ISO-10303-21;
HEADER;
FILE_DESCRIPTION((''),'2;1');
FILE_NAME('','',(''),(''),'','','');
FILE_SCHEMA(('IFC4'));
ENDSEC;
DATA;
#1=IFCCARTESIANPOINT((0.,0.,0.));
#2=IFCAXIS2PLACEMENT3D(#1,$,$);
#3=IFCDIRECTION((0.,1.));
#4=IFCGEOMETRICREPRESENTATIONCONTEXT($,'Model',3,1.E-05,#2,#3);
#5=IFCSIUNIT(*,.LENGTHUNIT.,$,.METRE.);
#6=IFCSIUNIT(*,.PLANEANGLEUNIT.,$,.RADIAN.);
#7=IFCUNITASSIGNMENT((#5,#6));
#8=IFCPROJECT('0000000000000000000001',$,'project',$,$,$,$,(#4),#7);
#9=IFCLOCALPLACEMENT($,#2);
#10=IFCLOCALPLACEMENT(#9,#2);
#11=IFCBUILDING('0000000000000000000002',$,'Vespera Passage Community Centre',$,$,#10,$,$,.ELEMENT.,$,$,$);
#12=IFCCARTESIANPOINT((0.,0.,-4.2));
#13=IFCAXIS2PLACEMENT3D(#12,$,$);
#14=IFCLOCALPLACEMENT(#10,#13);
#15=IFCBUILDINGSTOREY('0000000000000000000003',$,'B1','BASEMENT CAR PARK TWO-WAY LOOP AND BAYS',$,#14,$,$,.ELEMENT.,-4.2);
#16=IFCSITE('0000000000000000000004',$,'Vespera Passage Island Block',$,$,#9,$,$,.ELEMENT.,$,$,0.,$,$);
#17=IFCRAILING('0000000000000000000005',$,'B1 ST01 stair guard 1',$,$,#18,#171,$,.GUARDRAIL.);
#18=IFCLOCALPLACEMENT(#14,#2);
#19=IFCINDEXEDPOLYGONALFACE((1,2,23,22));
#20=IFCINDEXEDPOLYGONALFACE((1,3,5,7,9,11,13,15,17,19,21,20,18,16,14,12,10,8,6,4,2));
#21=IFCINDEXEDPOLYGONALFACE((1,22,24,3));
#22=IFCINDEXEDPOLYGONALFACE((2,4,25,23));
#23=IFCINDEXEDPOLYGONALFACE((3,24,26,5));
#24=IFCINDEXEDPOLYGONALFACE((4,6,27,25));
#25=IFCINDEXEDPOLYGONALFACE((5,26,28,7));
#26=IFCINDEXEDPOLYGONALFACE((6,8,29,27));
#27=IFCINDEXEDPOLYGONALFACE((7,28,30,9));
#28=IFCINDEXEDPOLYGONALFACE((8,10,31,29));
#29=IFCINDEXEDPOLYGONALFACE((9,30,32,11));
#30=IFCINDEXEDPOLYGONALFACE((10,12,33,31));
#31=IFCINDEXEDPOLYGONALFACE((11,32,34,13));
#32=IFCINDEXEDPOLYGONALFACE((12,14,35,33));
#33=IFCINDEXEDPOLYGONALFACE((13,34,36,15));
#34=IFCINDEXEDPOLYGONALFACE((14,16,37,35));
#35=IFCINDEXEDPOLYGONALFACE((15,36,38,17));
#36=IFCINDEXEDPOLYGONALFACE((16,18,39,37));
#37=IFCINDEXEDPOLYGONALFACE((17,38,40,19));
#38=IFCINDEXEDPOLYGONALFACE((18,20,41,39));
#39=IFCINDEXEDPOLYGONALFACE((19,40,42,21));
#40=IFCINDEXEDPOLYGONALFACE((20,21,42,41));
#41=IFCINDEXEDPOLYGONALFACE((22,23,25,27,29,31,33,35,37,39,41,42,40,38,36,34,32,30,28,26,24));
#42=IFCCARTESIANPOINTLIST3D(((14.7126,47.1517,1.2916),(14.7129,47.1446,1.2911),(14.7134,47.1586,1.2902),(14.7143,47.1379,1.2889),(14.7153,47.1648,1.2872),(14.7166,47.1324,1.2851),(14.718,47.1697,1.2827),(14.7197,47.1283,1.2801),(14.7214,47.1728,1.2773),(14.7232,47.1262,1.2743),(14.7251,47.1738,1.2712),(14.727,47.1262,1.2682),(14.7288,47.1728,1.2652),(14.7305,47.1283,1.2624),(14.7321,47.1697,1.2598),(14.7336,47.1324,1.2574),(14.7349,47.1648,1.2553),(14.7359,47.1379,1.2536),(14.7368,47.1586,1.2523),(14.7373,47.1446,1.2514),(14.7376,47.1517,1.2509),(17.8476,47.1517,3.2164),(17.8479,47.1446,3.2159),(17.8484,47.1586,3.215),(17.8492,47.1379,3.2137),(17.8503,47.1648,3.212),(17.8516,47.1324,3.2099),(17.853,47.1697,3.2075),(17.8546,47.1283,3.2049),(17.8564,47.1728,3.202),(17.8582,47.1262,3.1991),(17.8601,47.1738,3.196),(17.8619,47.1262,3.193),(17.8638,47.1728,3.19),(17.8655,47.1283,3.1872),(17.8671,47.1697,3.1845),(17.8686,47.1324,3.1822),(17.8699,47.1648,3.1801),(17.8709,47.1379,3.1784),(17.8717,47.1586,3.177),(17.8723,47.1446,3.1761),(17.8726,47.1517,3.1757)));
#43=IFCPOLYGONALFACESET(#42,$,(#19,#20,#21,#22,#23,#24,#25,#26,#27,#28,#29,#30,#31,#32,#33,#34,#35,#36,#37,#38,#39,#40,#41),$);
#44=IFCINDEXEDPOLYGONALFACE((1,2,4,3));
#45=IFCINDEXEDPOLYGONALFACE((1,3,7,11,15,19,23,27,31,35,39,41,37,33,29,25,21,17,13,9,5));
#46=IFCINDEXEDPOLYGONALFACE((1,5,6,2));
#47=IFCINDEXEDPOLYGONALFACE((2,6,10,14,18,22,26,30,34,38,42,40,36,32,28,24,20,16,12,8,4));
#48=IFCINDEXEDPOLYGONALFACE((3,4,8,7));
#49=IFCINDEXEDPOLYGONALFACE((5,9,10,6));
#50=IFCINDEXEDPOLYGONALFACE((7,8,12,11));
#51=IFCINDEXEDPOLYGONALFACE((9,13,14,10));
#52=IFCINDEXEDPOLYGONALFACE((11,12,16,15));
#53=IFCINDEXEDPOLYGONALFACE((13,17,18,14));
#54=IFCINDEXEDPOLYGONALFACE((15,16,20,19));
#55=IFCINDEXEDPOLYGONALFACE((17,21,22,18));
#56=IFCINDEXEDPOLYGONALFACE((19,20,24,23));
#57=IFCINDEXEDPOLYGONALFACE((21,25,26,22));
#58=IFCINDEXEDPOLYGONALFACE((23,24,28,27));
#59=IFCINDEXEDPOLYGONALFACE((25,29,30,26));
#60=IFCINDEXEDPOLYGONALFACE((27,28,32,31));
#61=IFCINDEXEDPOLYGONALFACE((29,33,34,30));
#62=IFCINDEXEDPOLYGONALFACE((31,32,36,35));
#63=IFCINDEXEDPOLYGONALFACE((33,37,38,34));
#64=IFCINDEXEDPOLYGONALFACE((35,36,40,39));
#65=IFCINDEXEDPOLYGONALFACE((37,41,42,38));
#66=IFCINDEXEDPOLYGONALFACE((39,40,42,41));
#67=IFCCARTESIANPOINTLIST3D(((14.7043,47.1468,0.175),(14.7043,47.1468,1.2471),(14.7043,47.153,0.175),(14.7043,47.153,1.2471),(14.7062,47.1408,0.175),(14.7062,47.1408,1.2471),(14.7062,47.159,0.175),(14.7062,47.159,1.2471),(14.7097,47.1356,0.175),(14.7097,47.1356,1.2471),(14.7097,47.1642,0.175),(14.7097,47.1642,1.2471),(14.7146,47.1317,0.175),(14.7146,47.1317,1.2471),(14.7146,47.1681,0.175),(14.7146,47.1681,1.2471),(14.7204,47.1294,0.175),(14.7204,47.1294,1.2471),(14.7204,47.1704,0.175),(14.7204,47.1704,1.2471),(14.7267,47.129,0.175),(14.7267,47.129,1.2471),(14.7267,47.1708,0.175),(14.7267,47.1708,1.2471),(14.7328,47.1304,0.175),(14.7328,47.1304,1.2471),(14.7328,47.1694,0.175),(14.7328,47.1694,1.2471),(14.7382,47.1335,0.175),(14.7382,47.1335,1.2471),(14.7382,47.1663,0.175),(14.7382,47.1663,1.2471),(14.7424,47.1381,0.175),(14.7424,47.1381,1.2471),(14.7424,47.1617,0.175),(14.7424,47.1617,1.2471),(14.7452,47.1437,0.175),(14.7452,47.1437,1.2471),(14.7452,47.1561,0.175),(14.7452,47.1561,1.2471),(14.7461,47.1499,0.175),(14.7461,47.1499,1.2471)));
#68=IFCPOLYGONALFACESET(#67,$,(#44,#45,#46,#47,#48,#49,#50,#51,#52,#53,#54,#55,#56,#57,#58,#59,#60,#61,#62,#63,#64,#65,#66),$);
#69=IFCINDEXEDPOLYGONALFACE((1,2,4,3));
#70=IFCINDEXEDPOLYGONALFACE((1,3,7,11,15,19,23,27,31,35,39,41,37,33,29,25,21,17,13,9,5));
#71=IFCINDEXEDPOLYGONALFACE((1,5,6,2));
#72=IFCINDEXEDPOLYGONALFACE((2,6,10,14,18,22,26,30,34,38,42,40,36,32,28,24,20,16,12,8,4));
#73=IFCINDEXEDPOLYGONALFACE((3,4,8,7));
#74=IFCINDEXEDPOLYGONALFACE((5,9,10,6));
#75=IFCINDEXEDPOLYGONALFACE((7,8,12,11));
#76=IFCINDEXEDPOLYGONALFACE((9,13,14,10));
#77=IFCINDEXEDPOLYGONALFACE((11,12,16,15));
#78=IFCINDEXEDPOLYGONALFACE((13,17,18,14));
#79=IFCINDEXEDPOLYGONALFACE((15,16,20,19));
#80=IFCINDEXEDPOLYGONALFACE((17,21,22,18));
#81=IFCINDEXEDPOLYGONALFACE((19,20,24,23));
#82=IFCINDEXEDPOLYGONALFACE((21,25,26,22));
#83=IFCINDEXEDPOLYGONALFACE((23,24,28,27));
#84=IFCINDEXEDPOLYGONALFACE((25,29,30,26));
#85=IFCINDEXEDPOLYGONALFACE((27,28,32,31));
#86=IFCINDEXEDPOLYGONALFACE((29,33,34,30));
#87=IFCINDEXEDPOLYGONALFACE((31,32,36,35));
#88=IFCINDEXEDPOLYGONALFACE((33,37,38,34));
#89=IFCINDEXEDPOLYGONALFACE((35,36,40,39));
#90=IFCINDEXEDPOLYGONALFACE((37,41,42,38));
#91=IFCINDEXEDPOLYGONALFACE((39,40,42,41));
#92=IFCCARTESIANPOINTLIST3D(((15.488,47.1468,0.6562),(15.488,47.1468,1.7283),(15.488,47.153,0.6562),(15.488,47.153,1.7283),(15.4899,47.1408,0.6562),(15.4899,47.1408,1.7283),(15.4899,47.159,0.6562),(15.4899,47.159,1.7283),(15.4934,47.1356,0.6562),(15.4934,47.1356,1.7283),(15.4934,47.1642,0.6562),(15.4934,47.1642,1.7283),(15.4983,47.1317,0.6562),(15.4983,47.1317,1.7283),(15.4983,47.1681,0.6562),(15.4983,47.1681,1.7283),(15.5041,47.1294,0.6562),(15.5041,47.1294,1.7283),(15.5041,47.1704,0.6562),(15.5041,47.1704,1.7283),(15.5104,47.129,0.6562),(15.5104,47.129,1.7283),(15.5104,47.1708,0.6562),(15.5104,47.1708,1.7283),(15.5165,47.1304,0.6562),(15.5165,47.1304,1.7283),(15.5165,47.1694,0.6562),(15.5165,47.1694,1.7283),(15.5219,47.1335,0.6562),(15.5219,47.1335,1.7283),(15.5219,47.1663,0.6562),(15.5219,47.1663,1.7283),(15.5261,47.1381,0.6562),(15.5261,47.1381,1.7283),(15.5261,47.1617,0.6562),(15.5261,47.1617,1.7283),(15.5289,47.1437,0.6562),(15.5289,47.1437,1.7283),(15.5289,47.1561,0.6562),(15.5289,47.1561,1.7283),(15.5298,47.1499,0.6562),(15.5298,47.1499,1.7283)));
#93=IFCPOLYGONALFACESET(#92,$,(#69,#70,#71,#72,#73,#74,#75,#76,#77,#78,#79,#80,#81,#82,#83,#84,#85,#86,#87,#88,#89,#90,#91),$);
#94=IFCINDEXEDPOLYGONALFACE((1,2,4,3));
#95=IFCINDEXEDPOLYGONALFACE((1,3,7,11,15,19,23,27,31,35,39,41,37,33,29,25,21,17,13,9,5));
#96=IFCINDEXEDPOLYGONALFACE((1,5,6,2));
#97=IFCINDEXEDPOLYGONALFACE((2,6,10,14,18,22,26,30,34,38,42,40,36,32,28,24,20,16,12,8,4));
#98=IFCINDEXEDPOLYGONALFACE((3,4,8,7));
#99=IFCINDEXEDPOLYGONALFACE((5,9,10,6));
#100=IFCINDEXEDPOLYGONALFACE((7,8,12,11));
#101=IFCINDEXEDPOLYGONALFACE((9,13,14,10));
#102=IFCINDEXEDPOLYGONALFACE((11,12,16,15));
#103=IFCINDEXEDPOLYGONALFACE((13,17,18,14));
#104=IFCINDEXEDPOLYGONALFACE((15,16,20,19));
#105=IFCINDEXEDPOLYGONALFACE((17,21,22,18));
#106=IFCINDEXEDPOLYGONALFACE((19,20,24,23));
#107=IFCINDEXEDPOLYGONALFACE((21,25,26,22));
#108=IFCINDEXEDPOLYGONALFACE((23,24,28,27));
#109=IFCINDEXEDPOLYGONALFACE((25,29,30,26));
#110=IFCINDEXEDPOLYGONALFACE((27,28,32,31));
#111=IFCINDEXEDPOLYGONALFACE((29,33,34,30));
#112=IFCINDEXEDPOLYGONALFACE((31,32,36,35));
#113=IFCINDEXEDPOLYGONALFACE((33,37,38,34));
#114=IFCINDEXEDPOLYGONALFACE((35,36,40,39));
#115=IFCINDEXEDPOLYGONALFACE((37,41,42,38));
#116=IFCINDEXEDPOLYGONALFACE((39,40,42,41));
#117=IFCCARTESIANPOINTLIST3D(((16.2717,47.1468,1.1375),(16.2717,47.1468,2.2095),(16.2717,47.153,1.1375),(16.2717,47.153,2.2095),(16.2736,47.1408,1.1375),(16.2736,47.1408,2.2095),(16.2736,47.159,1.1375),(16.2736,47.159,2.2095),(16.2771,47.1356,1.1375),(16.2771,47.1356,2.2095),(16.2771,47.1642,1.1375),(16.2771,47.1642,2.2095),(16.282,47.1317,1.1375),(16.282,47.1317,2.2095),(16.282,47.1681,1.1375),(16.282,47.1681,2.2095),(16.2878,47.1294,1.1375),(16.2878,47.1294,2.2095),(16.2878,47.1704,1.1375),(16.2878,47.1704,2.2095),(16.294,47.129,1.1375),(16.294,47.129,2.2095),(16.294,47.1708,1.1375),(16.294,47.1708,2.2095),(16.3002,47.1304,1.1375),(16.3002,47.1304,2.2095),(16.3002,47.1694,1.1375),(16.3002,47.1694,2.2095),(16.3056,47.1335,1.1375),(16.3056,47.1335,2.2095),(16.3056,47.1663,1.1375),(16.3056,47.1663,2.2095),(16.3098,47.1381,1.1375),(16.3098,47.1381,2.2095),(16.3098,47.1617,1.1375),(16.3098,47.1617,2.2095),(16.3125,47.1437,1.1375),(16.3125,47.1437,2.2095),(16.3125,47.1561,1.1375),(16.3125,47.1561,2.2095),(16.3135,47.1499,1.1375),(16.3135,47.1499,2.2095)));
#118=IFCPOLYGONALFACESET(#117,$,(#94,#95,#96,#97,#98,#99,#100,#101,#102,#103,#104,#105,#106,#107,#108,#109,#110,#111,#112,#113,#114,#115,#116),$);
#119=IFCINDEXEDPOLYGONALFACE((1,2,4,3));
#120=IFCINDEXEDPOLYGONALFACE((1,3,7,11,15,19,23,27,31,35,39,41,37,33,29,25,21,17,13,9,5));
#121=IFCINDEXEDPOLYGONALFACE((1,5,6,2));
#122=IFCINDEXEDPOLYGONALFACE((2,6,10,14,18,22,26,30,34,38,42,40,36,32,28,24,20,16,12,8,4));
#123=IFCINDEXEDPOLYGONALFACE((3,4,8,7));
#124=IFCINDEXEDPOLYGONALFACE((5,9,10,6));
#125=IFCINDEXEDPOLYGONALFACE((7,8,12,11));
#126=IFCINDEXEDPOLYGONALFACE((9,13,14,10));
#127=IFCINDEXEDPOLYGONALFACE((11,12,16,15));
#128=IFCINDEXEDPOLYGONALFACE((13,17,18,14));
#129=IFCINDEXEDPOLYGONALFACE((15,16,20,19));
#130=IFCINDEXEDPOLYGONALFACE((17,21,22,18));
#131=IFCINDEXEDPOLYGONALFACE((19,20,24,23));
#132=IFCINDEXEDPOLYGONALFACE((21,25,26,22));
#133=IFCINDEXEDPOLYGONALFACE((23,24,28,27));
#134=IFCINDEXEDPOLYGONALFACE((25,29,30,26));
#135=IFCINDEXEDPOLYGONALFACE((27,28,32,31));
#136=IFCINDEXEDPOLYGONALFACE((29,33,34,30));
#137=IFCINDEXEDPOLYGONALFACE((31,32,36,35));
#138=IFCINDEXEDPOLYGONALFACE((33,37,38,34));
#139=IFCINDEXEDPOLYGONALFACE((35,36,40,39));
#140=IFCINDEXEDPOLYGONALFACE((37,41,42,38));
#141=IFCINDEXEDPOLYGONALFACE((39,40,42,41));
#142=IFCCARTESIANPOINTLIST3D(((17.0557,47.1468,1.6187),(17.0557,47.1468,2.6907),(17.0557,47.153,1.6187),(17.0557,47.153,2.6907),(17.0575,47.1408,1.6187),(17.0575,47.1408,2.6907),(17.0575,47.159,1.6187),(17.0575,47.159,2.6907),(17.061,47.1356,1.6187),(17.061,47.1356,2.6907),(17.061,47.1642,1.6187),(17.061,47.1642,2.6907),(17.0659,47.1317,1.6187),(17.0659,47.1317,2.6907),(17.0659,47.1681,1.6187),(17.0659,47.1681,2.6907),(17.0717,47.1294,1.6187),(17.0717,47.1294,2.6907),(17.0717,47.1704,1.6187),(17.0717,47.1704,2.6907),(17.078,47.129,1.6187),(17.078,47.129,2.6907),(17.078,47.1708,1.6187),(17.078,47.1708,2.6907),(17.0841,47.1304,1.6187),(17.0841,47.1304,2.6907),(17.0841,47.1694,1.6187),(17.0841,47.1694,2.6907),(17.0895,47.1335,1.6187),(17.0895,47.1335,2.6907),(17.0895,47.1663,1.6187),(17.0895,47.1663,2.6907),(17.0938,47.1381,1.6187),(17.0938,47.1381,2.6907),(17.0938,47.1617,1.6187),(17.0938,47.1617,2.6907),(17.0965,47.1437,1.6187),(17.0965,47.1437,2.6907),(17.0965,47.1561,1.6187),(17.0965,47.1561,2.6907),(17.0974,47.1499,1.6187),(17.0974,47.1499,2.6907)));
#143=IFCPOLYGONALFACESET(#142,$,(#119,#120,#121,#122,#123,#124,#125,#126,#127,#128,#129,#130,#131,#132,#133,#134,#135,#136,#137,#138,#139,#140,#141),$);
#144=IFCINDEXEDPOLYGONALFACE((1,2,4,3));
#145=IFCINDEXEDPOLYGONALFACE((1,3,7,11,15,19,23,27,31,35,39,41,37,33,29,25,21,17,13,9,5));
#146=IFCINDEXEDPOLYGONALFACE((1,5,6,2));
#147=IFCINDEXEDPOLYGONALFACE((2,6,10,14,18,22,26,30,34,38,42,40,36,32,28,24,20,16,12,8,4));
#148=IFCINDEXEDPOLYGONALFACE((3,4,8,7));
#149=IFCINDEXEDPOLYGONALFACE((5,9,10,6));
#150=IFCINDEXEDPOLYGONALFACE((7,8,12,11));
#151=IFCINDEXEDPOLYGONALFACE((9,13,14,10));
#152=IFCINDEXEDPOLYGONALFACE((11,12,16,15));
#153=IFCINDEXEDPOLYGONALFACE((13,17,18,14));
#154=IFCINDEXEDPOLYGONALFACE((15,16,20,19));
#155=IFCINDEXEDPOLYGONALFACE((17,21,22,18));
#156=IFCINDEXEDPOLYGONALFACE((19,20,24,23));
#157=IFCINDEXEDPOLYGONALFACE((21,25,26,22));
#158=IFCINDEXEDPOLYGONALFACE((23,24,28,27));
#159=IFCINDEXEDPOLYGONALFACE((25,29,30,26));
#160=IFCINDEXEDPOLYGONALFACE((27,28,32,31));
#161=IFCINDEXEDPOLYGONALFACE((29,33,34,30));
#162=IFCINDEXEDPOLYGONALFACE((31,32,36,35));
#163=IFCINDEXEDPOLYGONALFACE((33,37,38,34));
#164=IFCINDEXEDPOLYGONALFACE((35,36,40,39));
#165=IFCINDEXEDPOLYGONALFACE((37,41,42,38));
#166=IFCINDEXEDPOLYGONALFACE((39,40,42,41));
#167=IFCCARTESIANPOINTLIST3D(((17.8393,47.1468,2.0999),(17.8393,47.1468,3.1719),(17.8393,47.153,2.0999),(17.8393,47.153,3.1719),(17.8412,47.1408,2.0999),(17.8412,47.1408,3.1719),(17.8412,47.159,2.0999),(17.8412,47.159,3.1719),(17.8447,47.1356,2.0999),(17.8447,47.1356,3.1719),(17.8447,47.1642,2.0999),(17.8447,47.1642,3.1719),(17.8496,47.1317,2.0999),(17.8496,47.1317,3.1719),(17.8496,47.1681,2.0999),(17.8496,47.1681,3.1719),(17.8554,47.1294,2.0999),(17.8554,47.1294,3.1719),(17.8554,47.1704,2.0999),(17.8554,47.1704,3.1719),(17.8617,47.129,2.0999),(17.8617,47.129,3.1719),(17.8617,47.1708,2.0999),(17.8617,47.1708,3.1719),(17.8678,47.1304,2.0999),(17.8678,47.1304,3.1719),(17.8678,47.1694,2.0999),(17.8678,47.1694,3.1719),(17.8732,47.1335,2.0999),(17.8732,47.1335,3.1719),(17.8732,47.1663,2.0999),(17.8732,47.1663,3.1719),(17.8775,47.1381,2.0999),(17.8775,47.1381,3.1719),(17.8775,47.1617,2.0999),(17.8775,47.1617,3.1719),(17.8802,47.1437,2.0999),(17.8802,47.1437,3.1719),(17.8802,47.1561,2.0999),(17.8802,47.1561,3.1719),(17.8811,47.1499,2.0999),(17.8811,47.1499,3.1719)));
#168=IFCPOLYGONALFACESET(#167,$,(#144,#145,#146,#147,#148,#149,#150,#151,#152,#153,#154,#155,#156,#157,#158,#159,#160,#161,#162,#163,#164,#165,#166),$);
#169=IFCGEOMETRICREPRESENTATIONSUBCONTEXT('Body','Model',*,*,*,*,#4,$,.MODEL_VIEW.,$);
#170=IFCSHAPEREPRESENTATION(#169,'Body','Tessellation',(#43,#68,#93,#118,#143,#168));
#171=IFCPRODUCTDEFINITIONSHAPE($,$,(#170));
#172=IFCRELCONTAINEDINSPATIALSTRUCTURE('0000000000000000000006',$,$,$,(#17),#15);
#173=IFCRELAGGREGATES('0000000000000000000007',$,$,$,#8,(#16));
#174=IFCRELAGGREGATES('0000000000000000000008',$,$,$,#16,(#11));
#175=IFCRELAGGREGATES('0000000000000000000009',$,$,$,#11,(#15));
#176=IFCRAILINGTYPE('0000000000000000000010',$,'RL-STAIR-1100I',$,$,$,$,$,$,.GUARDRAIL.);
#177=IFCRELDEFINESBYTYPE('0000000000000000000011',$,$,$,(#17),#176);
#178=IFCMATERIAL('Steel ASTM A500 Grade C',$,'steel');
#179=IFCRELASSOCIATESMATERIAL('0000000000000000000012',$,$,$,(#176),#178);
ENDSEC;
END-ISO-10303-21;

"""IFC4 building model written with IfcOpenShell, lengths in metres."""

from ifc_helpers import new_model, si_unit, direction, frame, origin, origin_2d, place, context, subcontext, project, spatial, circle, extrude, material, type_object, element, save


model = new_model("IFC4")

# Units and contexts
model_context = context("Model", 3, precision=1e-05, world=origin(), true_north=direction((0.0, 1.0)))
body_context = subcontext(model_context, "Body", "Model", "MODEL_VIEW")
ifc_project = project(units=[si_unit("LENGTHUNIT", "METRE"), si_unit("PLANEANGLEUNIT", "RADIAN")], contexts=[model_context])

# Site, building, storey
site_placement = place(None, origin())
site = spatial("IfcSite", under=ifc_project, at=site_placement, Name="Vespera Passage Island Block", CompositionType="ELEMENT", RefElevation=0.0)
building_placement = place(site_placement, origin())
building = spatial("IfcBuilding", under=site, at=building_placement, Name="Vespera Passage Community Centre", CompositionType="ELEMENT")
storey_placement = place(building_placement, frame((0.0, 0.0, -4.2)))
storey = spatial("IfcBuildingStorey", under=building, at=storey_placement, Name="B1", Description="BASEMENT CAR PARK TWO-WAY LOOP AND BAYS", CompositionType="ELEMENT", Elevation=-4.2)

# Railing
ifc_material_1 = material(Name="Steel ASTM A500 Grade C", Category="steel")
railing_type_1 = type_object("IfcRailingType", Name="RL-STAIR-1100I", PredefinedType="GUARDRAIL", material=ifc_material_1)
railing_1_placement = place(storey_placement, frame((14.7251, 47.1499, 0.175)))
element("IfcRailing", 1, at=railing_1_placement, inside=storey, type_object=railing_type_1, Name="B1 ST01 stair guard 1", PredefinedType="GUARDRAIL", context=body_context, shape_type="SweptSolid", body=[
    extrude(circle(Radius=0.0239, at=origin_2d()), frame((0.0, 0.0, 1.0962), z_axis=(0.852196, 0.0, 0.523223), x_axis=(0.0, 1.0, 0.0)), (0.0, 0.0, 1.0), 3.6787),
    extrude(circle(Radius=0.021, at=origin_2d()), origin(), (0.0, 0.0, 1.0), 1.072),
    extrude(circle(Radius=0.021, at=origin_2d()), frame((0.7837, 0.0, 0.4812)), (0.0, 0.0, 1.0), 1.072),
    extrude(circle(Radius=0.021, at=origin_2d()), frame((1.5674, 0.0, 0.9624)), (0.0, 0.0, 1.0), 1.072),
    extrude(circle(Radius=0.021, at=origin_2d()), frame((2.3513, 0.0, 1.4436)), (0.0, 0.0, 1.0), 1.072),
    extrude(circle(Radius=0.021, at=origin_2d()), frame((3.135, 0.0, 1.9248)), (0.0, 0.0, 1.0), 1.072),
])

save(model, "model.ifc")
